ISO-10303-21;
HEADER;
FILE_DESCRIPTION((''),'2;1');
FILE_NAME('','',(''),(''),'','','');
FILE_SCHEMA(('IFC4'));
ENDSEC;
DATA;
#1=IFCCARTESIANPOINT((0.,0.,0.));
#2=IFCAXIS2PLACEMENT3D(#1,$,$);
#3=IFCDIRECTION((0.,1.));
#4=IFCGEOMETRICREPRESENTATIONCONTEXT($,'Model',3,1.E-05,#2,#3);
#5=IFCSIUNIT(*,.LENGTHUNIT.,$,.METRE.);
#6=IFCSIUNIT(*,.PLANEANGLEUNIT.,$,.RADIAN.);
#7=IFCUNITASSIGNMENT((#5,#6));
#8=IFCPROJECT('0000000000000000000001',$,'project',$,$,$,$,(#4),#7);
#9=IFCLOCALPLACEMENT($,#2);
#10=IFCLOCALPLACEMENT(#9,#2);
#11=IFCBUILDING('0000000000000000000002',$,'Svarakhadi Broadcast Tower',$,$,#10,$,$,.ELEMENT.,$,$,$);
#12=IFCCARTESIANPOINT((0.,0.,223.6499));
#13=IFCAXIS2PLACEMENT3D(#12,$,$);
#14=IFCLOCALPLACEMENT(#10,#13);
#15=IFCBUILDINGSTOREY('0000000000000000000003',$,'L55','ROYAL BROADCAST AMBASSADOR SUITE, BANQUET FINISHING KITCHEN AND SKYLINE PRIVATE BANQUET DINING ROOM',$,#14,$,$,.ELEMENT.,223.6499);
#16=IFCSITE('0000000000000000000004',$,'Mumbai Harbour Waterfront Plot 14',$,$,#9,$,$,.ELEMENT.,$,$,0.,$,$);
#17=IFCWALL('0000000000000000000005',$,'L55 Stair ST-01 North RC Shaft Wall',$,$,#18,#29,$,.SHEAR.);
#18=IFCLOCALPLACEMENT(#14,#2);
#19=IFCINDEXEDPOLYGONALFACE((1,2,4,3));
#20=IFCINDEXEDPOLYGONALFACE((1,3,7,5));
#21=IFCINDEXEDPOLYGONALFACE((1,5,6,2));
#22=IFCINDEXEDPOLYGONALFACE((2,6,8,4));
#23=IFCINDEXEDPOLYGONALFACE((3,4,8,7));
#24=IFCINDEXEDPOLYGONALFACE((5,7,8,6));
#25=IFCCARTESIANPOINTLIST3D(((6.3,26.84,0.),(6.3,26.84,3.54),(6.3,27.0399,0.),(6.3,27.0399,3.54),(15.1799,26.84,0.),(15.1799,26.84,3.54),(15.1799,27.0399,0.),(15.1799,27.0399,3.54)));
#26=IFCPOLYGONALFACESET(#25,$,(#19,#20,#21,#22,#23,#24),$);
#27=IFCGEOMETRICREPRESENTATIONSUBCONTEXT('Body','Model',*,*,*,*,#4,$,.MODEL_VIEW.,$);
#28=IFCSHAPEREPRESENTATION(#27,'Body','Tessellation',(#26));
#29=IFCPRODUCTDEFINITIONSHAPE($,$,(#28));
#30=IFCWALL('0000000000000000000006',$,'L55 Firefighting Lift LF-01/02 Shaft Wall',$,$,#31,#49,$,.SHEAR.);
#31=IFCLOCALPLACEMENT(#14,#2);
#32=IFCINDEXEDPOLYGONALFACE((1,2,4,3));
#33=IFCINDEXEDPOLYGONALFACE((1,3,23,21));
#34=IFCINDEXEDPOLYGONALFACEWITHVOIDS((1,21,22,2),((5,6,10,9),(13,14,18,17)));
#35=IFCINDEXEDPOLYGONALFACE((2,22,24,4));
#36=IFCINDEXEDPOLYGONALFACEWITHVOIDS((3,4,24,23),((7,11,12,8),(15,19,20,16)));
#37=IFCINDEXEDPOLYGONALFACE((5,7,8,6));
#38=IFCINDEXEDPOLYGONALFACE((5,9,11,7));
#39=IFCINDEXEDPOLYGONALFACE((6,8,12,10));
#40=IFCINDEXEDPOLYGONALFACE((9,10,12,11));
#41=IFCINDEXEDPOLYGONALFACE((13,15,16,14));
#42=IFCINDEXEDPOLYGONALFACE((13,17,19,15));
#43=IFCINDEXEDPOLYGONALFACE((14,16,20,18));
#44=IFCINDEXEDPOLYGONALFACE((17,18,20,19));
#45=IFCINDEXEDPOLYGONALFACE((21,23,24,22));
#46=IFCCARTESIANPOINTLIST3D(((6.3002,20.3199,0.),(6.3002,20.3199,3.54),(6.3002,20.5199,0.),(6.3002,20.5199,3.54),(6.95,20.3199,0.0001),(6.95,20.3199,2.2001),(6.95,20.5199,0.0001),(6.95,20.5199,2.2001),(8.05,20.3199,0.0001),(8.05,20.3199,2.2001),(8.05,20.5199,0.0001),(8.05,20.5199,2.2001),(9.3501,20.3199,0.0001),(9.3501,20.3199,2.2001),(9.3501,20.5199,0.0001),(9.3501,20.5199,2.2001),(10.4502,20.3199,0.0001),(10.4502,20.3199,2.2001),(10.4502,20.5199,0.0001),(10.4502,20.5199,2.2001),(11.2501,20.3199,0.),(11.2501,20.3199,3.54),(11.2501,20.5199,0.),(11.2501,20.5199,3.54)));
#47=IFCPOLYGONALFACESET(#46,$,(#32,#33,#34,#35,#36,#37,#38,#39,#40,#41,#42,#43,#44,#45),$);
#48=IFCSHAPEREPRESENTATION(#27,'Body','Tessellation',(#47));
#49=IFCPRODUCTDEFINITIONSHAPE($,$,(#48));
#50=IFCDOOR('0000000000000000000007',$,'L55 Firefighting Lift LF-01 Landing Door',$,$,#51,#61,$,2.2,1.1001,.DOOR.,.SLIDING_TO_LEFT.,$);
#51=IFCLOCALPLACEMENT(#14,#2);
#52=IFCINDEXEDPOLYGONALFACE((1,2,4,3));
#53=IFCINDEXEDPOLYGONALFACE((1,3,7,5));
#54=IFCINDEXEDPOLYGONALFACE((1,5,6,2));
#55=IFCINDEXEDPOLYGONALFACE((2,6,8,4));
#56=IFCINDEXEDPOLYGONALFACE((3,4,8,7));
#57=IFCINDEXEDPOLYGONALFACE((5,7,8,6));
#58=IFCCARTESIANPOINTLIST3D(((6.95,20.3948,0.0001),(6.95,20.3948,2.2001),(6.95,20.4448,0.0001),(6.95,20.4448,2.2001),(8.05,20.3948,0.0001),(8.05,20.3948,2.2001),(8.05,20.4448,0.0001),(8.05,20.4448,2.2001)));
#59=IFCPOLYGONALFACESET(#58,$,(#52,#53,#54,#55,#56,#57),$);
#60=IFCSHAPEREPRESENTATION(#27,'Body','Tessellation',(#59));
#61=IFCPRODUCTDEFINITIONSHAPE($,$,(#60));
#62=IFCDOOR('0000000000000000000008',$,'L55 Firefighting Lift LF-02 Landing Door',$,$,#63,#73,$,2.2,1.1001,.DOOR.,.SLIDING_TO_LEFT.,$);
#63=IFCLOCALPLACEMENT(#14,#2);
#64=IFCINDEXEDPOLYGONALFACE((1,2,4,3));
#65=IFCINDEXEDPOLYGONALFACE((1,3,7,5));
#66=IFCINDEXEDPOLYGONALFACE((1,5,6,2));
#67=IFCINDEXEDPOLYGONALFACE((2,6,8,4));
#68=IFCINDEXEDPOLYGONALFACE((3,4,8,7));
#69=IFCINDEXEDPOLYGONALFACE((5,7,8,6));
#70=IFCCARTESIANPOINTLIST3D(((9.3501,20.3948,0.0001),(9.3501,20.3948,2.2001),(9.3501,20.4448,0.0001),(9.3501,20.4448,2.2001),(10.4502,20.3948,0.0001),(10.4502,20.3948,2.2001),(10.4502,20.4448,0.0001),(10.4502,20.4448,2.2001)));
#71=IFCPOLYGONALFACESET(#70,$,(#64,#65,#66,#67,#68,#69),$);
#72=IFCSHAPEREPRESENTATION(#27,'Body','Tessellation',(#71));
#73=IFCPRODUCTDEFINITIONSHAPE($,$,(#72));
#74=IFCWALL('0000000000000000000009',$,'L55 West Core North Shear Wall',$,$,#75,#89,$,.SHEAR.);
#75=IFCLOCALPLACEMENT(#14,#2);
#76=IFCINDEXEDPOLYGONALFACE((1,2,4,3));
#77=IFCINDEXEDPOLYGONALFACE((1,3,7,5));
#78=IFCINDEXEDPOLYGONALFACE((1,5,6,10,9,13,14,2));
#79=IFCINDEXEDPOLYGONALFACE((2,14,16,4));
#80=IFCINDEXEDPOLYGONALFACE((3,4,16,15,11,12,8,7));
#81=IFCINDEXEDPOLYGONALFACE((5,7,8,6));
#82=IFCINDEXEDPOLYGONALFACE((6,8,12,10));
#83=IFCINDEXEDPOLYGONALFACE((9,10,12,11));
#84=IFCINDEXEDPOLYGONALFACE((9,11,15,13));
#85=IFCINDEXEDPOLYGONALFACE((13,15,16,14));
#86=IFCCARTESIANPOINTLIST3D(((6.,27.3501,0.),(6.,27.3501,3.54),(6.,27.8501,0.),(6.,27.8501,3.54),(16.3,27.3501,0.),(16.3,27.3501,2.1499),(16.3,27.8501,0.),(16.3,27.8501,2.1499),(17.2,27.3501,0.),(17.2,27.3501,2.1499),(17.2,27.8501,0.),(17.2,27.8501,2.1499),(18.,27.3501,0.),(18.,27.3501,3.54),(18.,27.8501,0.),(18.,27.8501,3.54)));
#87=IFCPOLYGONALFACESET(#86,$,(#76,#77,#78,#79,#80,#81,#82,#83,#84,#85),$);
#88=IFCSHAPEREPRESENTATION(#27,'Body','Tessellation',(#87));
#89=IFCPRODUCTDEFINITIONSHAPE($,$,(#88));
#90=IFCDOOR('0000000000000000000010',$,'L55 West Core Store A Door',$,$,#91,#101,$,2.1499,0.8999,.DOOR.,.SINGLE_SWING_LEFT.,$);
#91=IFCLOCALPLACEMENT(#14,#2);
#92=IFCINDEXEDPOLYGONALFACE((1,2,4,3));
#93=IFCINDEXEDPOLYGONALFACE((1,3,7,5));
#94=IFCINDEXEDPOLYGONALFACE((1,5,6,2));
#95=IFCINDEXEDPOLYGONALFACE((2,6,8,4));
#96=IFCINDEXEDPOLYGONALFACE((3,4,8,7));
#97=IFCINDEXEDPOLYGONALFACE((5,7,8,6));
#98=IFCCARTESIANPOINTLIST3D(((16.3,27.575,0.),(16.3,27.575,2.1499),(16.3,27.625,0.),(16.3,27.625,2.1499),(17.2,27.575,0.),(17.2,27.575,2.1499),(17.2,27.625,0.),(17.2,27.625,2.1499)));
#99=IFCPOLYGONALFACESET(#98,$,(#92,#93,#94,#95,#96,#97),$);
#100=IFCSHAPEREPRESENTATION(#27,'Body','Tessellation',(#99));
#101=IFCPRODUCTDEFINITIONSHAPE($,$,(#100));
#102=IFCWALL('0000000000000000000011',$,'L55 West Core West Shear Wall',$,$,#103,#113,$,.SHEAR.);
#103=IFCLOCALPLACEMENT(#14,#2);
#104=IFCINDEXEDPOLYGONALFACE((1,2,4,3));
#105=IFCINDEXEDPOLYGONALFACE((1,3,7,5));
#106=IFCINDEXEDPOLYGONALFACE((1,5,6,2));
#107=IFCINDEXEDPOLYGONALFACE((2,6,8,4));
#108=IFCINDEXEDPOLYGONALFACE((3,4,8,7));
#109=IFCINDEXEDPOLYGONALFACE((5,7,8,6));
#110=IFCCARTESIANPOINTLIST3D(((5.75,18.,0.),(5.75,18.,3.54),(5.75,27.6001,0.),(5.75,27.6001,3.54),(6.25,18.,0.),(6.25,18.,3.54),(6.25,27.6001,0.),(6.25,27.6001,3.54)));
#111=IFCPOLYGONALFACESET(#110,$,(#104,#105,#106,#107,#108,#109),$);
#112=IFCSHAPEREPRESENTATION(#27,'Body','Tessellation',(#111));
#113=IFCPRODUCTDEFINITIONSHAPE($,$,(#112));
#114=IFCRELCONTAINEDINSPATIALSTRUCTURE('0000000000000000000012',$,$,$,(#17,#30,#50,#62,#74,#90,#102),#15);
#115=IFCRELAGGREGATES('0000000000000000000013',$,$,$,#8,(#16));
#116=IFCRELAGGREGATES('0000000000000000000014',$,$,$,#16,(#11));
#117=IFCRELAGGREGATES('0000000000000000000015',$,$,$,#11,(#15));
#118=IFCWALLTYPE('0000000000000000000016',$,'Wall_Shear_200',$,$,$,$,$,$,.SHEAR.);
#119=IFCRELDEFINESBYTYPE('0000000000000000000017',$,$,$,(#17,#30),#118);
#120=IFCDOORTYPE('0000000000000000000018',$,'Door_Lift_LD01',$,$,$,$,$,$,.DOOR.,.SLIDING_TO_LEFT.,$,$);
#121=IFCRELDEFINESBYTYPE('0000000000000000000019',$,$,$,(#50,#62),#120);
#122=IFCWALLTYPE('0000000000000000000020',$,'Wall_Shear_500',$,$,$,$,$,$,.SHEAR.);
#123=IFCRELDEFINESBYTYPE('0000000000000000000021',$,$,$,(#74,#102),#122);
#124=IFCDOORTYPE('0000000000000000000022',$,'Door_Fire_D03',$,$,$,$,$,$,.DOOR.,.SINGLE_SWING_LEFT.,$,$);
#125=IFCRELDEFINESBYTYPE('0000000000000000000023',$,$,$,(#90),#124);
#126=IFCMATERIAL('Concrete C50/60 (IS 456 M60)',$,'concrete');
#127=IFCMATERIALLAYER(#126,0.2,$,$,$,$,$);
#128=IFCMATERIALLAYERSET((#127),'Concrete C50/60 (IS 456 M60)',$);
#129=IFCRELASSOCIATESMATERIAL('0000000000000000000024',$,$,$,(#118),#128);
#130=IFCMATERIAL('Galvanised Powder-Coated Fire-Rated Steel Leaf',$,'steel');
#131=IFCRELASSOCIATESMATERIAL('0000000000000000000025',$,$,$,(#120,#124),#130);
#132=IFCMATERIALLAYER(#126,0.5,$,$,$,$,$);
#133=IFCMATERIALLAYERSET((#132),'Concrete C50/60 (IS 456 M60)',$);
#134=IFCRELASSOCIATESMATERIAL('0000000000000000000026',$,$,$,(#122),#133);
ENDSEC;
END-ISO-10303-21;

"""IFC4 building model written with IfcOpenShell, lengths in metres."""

from ifc_helpers import new_model, si_unit, direction, frame, frame_2d, origin, place, context, subcontext, project, spatial, rectangle, extrude, material, layer, layer_set, type_object, element, fill, save


model = new_model("IFC4")

# Units and contexts
model_context = context("Model", 3, precision=1e-05, world=origin(), true_north=direction((0.0, 1.0)))
body_context = subcontext(model_context, "Body", "Model", "MODEL_VIEW")
ifc_project = project(units=[si_unit("LENGTHUNIT", "METRE"), si_unit("PLANEANGLEUNIT", "RADIAN")], contexts=[model_context])

# Site, building, storey
site_placement = place(None, origin())
site = spatial("IfcSite", under=ifc_project, at=site_placement, Name="Mumbai Harbour Waterfront Plot 14", CompositionType="ELEMENT", RefElevation=0.0)
building_placement = place(site_placement, origin())
building = spatial("IfcBuilding", under=site, at=building_placement, Name="Svarakhadi Broadcast Tower", CompositionType="ELEMENT")
storey_placement = place(building_placement, frame((0.0, 0.0, 223.6499)))
storey = spatial("IfcBuildingStorey", under=building, at=storey_placement, Name="L55", Description="ROYAL BROADCAST AMBASSADOR SUITE, BANQUET FINISHING KITCHEN AND SKYLINE PRIVATE BANQUET DINING ROOM", CompositionType="ELEMENT", Elevation=223.6499)

# Shared definitions
ifc_material_1 = material(Name="Concrete C50/60 (IS 456 M60)", Category="concrete")

# Shared definitions
ifc_layer_1 = layer(ifc_material_1, 0.2)
ifc_layer_set_1 = layer_set([ifc_layer_1], Name="Concrete C50/60 (IS 456 M60)")
wall_type_1 = type_object("IfcWallType", Name="Wall_Shear_200", PredefinedType="SHEAR", material=ifc_layer_set_1)
ifc_material_2 = material(Name="Galvanised Powder-Coated Fire-Rated Steel Leaf", Category="steel")

# Wall
wall_1_placement = place(storey_placement, frame((6.3, 26.9399, 0.0), z_axis=(0.0, 0.0, 1.0), x_axis=(1.0, 0.0, 0.0)))
element("IfcWall", 1, at=wall_1_placement, inside=storey, type_object=wall_type_1, Name="L55 Stair ST-01 North RC Shaft Wall", PredefinedType="SHEAR", context=body_context, shape_type="SweptSolid", body=[
    extrude(rectangle(XDim=8.8799, YDim=0.2, at=frame_2d((4.4399, 0.0))), origin(), (0.0, 0.0, 1.0), 3.54),
])

# Wall, openings, doors
wall_2_placement = place(storey_placement, frame((6.3, 20.4199, 0.0), z_axis=(0.0, 0.0, 1.0), x_axis=(1.0, 0.0, 0.0)))
wall_2 = element("IfcWall", 2, at=wall_2_placement, inside=storey, type_object=wall_type_1, Name="L55 Firefighting Lift LF-01/02 Shaft Wall", PredefinedType="SHEAR", context=body_context, shape_type="SweptSolid", body=[
    extrude(rectangle(XDim=4.95, YDim=0.2, at=frame_2d((2.4751, 0.0))), origin(), (0.0, 0.0, 1.0), 3.54),
])
opening_1_placement = place(wall_2_placement, frame((0.6499, 0.0, 0.0)))
opening_1 = element("IfcOpeningElement", 3, at=opening_1_placement, cuts=wall_2, PredefinedType="OPENING", context=body_context, shape_type="SweptSolid", body=[
    extrude(rectangle(XDim=1.1001, YDim=2.2, at=frame_2d((0.55, 1.1001))), frame((0.0, 0.1099, 0.0), z_axis=(0.0, -1.0, 0.0), x_axis=(1.0, 0.0, 0.0)), (0.0, 0.0, 1.0), 0.22),
])
opening_2_placement = place(wall_2_placement, frame((3.05, 0.0, 0.0)))
opening_2 = element("IfcOpeningElement", 4, at=opening_2_placement, cuts=wall_2, PredefinedType="OPENING", context=body_context, shape_type="SweptSolid", body=[
    extrude(rectangle(XDim=1.1001, YDim=2.2, at=frame_2d((0.55, 1.1001))), frame((0.0, 0.1099, 0.0), z_axis=(0.0, -1.0, 0.0), x_axis=(1.0, 0.0, 0.0)), (0.0, 0.0, 1.0), 0.22),
])
door_type_1 = type_object("IfcDoorType", Name="Door_Lift_LD01", OperationType="SLIDING_TO_LEFT", PredefinedType="DOOR", material=ifc_material_2)
door_1_placement = place(opening_1_placement, origin())
door_1 = element("IfcDoor", 5, at=door_1_placement, inside=storey, type_object=door_type_1, Name="L55 Firefighting Lift LF-01 Landing Door", OperationType="SLIDING_TO_LEFT", OverallHeight=2.2, OverallWidth=1.1001, PredefinedType="DOOR", context=body_context, shape_type="SweptSolid", body=[
    extrude(rectangle(XDim=1.1001, YDim=2.2, at=frame_2d((0.55, 1.1001))), frame((0.0, 0.0249, 0.0), z_axis=(0.0, -1.0, 0.0), x_axis=(1.0, 0.0, 0.0)), (0.0, 0.0, 1.0), 0.05),
])
fill(opening_1, door_1)
door_2_placement = place(opening_2_placement, origin())
door_2 = element("IfcDoor", 6, at=door_2_placement, inside=storey, type_object=door_type_1, Name="L55 Firefighting Lift LF-02 Landing Door", OperationType="SLIDING_TO_LEFT", OverallHeight=2.2, OverallWidth=1.1001, PredefinedType="DOOR", context=body_context, shape_type="SweptSolid", body=[
    extrude(rectangle(XDim=1.1001, YDim=2.2, at=frame_2d((0.55, 1.1001))), frame((0.0, 0.0249, 0.0), z_axis=(0.0, -1.0, 0.0), x_axis=(1.0, 0.0, 0.0)), (0.0, 0.0, 1.0), 0.05),
])
fill(opening_2, door_2)

# Wall, opening, door
ifc_layer_2 = layer(ifc_material_1, 0.5)
ifc_layer_set_2 = layer_set([ifc_layer_2], Name="Concrete C50/60 (IS 456 M60)")
wall_type_2 = type_object("IfcWallType", Name="Wall_Shear_500", PredefinedType="SHEAR", material=ifc_layer_set_2)
wall_3_placement = place(storey_placement, frame((6.0, 27.6001, 0.0), z_axis=(0.0, 0.0, 1.0), x_axis=(1.0, 0.0, 0.0)))
wall_3 = element("IfcWall", 7, at=wall_3_placement, inside=storey, type_object=wall_type_2, Name="L55 West Core North Shear Wall", PredefinedType="SHEAR", context=body_context, shape_type="SweptSolid", body=[
    extrude(rectangle(XDim=12.0, YDim=0.5, at=frame_2d((6.0, 0.0))), origin(), (0.0, 0.0, 1.0), 3.54),
])
opening_3_placement = place(wall_3_placement, frame((10.3, 0.0, 0.0)))
opening_3 = element("IfcOpeningElement", 8, at=opening_3_placement, cuts=wall_3, PredefinedType="OPENING", context=body_context, shape_type="SweptSolid", body=[
    extrude(rectangle(XDim=0.8999, YDim=2.1499, at=frame_2d((0.45, 1.075))), frame((0.0, 0.26, 0.0), z_axis=(0.0, -1.0, 0.0), x_axis=(1.0, 0.0, 0.0)), (0.0, 0.0, 1.0), 0.52),
])
door_type_2 = type_object("IfcDoorType", Name="Door_Fire_D03", OperationType="SINGLE_SWING_LEFT", PredefinedType="DOOR", material=ifc_material_2)
door_3_placement = place(opening_3_placement, origin())
door_3 = element("IfcDoor", 9, at=door_3_placement, inside=storey, type_object=door_type_2, Name="L55 West Core Store A Door", OperationType="SINGLE_SWING_LEFT", OverallHeight=2.1499, OverallWidth=0.8999, PredefinedType="DOOR", context=body_context, shape_type="SweptSolid", body=[
    extrude(rectangle(XDim=0.8999, YDim=2.1499, at=frame_2d((0.45, 1.075))), frame((0.0, 0.0249, 0.0), z_axis=(0.0, -1.0, 0.0), x_axis=(1.0, 0.0, 0.0)), (0.0, 0.0, 1.0), 0.05),
])
fill(opening_3, door_3)

# Wall
wall_4_placement = place(storey_placement, frame((6.0, 18.0, 0.0), z_axis=(0.0, 0.0, 1.0), x_axis=(0.0, 1.0, 0.0)))
element("IfcWall", 10, at=wall_4_placement, inside=storey, type_object=wall_type_2, Name="L55 West Core West Shear Wall", PredefinedType="SHEAR", context=body_context, shape_type="SweptSolid", body=[
    extrude(rectangle(XDim=9.6001, YDim=0.5, at=frame_2d((4.8, 0.0))), origin(), (0.0, 0.0, 1.0), 3.54),
])

save(model, "model.ifc")
